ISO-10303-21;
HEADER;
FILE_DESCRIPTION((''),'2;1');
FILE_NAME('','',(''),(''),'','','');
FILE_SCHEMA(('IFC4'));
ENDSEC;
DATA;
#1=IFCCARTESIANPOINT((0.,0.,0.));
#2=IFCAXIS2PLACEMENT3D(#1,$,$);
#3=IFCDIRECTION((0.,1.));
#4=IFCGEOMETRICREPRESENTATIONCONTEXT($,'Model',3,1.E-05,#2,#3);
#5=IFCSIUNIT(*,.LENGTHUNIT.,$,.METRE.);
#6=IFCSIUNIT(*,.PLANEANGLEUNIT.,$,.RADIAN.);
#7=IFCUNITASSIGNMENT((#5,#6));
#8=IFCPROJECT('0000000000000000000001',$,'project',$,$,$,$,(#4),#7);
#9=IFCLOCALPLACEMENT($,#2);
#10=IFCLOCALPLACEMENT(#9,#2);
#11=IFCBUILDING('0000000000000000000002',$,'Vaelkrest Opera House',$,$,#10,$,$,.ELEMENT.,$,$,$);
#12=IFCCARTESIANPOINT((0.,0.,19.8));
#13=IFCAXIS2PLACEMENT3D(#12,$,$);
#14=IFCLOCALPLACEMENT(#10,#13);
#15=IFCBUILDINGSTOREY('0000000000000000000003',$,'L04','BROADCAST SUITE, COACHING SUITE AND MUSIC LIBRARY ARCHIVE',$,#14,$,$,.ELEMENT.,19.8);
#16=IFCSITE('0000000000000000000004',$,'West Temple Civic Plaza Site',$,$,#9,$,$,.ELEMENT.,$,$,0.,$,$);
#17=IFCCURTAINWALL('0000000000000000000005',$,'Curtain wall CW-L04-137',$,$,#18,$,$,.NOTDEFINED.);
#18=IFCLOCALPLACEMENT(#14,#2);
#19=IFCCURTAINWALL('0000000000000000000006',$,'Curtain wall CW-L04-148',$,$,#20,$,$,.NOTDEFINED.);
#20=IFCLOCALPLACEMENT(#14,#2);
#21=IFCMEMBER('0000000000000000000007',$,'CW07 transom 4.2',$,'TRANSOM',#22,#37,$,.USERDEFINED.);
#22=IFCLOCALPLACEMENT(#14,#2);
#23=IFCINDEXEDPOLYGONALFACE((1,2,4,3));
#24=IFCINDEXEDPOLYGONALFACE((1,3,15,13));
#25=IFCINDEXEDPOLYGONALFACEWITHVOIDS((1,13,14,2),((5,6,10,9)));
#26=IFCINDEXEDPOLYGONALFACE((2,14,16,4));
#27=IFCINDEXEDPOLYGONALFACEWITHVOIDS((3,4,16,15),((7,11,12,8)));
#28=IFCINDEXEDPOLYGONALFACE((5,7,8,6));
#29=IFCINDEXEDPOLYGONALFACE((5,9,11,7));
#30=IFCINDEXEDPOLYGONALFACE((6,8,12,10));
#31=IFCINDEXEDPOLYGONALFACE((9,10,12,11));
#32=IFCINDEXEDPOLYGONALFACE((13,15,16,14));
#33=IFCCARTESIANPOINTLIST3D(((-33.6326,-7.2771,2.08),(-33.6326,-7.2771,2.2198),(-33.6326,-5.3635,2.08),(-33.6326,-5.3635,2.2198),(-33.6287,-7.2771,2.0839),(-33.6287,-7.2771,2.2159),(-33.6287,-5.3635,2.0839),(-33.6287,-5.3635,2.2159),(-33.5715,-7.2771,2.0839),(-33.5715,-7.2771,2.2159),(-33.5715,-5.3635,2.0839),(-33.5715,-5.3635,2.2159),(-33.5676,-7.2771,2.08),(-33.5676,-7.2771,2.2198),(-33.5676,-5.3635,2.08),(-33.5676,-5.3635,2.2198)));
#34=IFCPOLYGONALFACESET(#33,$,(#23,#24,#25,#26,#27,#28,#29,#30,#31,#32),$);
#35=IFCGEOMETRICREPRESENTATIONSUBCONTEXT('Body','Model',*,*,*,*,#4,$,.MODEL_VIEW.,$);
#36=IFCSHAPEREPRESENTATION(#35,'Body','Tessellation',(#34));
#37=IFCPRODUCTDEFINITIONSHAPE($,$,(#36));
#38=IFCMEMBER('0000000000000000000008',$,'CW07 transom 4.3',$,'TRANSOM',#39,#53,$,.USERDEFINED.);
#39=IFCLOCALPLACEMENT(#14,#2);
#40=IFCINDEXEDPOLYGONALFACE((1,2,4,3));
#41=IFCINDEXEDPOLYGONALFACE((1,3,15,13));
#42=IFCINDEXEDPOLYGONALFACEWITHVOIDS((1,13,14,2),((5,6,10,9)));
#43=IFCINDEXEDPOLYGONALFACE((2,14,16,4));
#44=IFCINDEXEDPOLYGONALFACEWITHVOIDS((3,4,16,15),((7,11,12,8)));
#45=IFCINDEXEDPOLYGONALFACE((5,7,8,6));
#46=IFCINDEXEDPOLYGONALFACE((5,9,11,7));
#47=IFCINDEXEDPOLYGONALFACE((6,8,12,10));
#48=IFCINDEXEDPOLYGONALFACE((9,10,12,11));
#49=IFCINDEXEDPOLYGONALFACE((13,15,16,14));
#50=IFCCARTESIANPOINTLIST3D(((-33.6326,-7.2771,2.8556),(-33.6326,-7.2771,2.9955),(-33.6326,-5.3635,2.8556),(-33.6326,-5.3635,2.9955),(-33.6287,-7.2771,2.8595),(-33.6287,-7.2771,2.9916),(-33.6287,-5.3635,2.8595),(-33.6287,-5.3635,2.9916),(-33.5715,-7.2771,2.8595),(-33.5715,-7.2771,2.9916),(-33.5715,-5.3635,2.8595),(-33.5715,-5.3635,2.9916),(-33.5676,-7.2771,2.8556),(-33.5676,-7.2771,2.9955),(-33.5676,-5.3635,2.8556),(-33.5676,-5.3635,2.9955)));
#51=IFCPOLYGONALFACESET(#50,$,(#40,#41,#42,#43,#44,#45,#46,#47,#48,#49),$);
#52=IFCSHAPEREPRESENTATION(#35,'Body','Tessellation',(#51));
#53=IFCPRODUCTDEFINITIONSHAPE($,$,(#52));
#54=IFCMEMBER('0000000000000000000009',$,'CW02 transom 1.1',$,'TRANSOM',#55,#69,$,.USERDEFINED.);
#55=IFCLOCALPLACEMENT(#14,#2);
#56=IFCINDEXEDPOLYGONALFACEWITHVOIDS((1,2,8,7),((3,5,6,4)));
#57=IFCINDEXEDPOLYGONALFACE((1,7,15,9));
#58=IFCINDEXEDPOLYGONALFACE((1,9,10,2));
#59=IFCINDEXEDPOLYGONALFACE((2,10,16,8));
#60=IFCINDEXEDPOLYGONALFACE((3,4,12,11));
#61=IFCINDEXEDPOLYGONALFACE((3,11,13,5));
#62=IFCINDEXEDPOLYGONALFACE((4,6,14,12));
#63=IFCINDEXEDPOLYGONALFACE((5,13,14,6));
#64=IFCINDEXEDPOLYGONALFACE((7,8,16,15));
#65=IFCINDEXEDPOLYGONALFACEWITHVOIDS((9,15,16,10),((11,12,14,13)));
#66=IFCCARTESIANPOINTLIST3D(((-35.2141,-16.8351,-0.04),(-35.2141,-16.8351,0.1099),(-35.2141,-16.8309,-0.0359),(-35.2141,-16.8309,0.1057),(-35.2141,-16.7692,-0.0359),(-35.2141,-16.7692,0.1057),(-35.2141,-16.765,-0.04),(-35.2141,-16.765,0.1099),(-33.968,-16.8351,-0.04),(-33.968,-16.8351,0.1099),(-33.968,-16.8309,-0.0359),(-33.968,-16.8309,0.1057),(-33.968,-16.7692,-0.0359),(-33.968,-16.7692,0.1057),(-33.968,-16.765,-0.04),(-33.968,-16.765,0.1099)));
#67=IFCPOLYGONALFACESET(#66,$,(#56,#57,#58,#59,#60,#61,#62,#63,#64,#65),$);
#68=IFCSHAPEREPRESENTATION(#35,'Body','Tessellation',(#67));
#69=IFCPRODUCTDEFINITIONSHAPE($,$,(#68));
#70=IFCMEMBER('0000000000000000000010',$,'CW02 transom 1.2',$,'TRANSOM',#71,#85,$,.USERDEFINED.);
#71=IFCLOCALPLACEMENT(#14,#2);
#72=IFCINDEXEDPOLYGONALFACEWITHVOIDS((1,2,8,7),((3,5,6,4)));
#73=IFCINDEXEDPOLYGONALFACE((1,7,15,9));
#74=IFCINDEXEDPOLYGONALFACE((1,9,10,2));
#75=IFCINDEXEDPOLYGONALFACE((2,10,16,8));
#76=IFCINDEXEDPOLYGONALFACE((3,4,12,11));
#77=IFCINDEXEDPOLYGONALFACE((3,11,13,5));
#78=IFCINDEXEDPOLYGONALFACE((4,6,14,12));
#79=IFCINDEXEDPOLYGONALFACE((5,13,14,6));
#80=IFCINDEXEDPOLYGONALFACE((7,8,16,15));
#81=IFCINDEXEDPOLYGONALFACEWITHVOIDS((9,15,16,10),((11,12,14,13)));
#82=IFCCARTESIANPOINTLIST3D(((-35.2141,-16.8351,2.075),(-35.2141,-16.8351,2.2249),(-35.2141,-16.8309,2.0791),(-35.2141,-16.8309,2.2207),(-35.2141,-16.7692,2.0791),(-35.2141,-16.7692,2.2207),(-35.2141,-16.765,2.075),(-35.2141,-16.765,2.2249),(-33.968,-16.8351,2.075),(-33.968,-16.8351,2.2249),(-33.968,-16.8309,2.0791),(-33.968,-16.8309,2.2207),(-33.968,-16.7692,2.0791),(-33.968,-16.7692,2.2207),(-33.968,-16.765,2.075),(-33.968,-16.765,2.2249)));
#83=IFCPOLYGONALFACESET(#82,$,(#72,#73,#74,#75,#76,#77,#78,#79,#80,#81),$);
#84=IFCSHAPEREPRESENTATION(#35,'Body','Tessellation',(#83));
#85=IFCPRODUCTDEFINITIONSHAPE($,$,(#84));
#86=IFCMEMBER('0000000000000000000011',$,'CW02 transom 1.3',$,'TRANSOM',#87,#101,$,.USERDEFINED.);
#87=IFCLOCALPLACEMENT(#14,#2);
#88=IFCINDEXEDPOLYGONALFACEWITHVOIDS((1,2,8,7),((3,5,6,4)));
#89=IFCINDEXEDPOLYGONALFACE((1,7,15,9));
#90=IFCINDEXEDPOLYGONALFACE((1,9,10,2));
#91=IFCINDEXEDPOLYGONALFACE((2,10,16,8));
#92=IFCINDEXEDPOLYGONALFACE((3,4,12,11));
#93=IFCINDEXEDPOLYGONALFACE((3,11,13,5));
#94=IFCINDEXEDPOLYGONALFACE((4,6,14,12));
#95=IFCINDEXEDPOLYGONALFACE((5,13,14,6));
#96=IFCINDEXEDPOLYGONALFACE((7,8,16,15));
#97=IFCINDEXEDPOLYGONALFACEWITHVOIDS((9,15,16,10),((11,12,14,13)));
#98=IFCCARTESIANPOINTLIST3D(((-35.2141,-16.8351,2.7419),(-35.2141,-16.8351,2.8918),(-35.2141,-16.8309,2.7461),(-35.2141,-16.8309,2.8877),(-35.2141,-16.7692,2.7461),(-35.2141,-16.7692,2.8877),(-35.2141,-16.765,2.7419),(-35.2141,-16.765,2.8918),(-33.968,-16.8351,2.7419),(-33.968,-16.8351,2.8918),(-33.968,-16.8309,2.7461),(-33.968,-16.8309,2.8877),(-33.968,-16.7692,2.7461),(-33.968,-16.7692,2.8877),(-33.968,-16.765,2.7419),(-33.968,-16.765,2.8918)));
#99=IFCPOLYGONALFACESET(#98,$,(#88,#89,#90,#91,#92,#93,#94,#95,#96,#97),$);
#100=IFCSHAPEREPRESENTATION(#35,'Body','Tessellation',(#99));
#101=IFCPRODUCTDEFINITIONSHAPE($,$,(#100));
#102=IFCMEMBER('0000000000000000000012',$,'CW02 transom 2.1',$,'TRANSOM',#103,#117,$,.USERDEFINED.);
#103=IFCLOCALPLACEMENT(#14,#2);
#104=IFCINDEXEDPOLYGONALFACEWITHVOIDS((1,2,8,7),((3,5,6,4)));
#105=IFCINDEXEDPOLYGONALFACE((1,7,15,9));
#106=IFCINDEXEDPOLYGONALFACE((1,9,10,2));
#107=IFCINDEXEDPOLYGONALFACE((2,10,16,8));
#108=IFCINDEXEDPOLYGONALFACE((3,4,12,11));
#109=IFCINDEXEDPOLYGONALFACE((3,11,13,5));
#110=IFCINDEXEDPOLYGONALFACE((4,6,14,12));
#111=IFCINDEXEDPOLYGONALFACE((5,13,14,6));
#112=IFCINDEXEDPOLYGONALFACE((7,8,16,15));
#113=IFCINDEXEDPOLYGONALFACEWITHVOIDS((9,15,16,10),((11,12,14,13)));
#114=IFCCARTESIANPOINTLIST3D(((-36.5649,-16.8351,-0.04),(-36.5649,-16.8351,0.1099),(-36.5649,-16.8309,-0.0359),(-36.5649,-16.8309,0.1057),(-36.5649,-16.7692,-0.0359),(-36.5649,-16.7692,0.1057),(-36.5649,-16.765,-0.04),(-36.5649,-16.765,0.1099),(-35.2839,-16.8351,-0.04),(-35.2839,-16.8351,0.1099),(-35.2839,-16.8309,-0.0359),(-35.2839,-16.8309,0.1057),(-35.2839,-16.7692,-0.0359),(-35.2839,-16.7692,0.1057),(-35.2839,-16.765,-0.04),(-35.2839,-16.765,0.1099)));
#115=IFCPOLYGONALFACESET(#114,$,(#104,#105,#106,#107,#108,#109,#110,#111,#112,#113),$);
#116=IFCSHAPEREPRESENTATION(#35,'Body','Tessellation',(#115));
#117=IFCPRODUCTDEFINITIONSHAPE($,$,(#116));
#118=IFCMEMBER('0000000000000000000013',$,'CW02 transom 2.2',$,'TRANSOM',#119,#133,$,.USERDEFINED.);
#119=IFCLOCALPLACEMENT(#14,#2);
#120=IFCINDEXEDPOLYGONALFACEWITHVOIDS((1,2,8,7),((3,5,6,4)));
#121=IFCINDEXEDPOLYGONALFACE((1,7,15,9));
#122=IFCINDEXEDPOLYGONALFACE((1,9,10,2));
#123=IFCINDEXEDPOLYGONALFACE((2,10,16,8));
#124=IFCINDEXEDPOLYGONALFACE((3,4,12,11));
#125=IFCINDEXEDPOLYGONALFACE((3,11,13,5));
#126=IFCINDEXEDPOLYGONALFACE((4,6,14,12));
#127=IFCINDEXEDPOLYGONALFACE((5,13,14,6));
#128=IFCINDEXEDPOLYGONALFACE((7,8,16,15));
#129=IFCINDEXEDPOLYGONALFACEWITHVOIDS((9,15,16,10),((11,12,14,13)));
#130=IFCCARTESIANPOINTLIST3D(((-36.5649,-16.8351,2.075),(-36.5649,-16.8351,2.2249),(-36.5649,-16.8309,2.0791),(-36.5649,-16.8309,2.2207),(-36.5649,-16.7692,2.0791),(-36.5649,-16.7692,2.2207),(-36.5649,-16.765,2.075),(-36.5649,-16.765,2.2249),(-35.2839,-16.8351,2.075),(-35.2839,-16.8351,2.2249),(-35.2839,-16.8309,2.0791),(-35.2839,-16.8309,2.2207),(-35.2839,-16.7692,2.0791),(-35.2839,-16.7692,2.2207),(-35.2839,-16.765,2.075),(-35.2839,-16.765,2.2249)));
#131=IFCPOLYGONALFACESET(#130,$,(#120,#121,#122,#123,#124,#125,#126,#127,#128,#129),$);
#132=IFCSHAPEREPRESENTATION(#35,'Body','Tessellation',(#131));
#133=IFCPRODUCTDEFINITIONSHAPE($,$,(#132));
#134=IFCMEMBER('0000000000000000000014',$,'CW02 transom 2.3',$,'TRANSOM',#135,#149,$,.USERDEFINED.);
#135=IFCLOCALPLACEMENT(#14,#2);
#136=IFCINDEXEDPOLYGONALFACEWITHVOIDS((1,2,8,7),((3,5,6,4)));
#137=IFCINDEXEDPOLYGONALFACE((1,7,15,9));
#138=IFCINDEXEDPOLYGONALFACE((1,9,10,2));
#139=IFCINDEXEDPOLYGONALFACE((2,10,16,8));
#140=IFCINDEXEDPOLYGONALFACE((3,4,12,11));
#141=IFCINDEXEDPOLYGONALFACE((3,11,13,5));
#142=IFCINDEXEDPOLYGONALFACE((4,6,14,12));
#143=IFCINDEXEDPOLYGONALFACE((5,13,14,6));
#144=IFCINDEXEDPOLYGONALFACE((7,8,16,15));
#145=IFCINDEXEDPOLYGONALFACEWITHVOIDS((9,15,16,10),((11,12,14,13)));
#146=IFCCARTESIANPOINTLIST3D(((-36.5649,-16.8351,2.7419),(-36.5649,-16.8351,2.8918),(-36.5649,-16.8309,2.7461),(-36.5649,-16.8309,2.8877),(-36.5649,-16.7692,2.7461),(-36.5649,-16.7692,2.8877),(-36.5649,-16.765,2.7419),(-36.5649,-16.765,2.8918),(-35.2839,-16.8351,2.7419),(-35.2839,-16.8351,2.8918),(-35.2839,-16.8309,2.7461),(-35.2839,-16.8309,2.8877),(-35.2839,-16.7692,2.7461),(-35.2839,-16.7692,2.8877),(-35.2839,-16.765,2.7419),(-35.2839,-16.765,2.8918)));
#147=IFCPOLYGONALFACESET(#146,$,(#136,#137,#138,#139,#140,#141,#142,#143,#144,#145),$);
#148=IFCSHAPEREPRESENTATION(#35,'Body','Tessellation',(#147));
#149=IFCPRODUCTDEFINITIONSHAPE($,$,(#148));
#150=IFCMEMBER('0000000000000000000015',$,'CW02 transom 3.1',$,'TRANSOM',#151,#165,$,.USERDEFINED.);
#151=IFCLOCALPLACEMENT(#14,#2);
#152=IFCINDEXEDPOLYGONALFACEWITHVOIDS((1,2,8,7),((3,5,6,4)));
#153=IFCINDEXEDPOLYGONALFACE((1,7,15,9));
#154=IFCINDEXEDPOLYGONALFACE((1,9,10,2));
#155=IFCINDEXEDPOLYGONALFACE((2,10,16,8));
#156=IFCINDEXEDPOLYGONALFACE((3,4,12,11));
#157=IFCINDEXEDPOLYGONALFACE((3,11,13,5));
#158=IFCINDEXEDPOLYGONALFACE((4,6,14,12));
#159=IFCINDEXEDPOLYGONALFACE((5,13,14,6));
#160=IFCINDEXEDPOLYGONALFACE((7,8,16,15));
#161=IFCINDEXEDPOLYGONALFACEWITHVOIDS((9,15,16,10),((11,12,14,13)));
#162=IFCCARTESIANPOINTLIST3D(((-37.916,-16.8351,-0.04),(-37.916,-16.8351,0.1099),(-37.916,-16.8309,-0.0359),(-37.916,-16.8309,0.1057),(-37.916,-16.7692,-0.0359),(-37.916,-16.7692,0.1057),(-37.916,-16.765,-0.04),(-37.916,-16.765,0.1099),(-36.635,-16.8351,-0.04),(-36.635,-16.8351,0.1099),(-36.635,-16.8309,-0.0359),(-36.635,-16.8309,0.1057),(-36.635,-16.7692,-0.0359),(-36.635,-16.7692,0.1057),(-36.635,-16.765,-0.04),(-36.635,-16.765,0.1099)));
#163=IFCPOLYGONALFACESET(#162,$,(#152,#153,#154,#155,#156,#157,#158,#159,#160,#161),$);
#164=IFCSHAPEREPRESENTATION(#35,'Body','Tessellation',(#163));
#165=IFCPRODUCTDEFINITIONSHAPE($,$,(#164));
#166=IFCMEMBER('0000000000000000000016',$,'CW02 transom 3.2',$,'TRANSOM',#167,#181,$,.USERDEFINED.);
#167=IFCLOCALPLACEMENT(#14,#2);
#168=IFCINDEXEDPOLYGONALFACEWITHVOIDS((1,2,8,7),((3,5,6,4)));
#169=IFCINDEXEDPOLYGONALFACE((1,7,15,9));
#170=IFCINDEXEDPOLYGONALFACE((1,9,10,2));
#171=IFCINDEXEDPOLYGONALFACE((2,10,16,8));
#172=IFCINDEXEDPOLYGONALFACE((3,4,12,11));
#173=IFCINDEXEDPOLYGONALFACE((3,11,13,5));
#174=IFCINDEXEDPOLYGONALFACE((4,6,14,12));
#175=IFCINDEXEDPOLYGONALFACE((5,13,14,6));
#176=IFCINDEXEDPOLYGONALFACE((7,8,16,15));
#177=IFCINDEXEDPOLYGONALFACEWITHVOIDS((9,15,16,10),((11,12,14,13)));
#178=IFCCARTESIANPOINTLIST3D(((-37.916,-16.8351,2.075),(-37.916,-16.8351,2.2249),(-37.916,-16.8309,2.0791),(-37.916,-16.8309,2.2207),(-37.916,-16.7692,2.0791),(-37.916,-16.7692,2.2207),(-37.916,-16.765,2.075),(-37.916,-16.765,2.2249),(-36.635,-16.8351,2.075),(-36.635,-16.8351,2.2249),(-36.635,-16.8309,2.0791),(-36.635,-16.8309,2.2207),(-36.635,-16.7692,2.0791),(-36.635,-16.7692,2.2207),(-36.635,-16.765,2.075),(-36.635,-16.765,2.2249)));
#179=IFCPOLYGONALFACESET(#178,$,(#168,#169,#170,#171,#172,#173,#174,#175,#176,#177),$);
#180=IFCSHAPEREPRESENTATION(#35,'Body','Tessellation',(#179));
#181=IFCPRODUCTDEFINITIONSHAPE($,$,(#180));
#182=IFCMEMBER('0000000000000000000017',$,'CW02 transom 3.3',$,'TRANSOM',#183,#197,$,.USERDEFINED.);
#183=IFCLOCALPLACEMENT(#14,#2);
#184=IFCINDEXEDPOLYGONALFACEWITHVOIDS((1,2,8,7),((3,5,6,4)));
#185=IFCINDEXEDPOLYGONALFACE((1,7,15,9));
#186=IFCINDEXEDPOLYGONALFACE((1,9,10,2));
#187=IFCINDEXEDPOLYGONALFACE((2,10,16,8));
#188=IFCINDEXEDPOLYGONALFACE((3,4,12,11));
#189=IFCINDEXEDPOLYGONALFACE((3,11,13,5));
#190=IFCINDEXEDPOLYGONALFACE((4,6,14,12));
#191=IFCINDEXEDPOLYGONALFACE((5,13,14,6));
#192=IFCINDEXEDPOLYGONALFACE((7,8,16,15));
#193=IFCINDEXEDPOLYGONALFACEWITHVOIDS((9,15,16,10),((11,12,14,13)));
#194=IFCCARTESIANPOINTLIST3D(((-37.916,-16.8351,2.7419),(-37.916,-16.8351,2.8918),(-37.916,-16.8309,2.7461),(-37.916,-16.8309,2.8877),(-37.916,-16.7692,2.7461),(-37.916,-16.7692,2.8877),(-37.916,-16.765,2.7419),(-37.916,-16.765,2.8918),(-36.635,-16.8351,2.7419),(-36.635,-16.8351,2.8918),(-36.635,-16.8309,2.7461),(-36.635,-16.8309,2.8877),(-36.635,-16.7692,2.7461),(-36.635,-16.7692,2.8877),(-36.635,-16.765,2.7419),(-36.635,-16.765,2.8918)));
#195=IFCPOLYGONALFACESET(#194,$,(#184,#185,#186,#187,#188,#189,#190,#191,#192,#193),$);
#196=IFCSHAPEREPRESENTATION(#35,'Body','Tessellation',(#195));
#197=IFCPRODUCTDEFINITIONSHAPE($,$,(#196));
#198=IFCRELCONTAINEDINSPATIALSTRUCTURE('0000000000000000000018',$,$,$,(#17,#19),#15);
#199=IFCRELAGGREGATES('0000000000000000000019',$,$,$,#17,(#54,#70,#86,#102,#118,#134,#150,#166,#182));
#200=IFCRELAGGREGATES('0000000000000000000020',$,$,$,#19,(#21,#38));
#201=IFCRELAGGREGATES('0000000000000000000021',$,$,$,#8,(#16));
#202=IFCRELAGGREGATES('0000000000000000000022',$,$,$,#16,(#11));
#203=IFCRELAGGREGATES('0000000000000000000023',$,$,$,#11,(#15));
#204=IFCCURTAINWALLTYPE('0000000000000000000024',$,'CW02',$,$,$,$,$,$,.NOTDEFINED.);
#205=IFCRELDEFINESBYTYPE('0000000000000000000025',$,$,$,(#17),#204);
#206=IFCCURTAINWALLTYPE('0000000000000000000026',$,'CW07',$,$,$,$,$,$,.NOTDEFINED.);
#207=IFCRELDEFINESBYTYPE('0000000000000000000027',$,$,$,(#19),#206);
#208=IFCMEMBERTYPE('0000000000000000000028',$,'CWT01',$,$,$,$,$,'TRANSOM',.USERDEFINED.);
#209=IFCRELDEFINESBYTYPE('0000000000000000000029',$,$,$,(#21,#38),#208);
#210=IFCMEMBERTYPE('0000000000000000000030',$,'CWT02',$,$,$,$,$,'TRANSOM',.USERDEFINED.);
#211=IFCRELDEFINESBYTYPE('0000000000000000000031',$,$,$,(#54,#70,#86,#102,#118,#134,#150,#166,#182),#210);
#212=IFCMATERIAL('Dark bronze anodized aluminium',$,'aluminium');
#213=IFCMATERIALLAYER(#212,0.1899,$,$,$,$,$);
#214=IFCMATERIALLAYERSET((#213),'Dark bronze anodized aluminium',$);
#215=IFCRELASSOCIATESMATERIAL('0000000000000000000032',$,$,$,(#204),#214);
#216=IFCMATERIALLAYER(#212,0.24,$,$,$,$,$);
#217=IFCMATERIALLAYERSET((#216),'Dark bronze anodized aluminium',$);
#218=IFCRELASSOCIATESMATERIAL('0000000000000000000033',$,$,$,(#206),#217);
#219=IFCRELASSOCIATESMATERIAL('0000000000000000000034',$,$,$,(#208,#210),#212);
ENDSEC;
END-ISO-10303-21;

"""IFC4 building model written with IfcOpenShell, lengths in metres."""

from ifc_helpers import new_model, si_unit, direction, frame, origin, origin_2d, place, context, subcontext, project, spatial, hollow_rectangle, extrude, material, layer, layer_set, material_profile, profile_set, type_object, element, aggregate, save


model = new_model("IFC4")

# Units and contexts
model_context = context("Model", 3, precision=1e-05, world=origin(), true_north=direction((0.0, 1.0)))
body_context = subcontext(model_context, "Body", "Model", "MODEL_VIEW")
ifc_project = project(units=[si_unit("LENGTHUNIT", "METRE"), si_unit("PLANEANGLEUNIT", "RADIAN")], contexts=[model_context])

# Site, building, storey
site_placement = place(None, origin())
site = spatial("IfcSite", under=ifc_project, at=site_placement, Name="West Temple Civic Plaza Site", CompositionType="ELEMENT", RefElevation=0.0)
building_placement = place(site_placement, origin())
building = spatial("IfcBuilding", under=site, at=building_placement, Name="Vaelkrest Opera House", CompositionType="ELEMENT")
storey_placement = place(building_placement, frame((0.0, 0.0, 19.8)))
storey = spatial("IfcBuildingStorey", under=building, at=storey_placement, Name="L04", Description="BROADCAST SUITE, COACHING SUITE AND MUSIC LIBRARY ARCHIVE", CompositionType="ELEMENT", Elevation=19.8)

# Curtain walls, members
ifc_material_1 = material(Name="Dark bronze anodized aluminium", Category="aluminium")
ifc_layer_1 = layer(ifc_material_1, 0.1899)
ifc_layer_set_1 = layer_set([ifc_layer_1], Name="Dark bronze anodized aluminium")
curtain_wall_type_1 = type_object("IfcCurtainWallType", Name="CW02", PredefinedType="NOTDEFINED", material=ifc_layer_set_1)
curtain_wall_1_placement = place(storey_placement, origin())
curtain_wall_1 = element("IfcCurtainWall", 1, at=curtain_wall_1_placement, inside=storey, type_object=curtain_wall_type_1, Name="Curtain wall CW-L04-137", PredefinedType="NOTDEFINED")
ifc_layer_2 = layer(ifc_material_1, 0.24)
ifc_layer_set_2 = layer_set([ifc_layer_2], Name="Dark bronze anodized aluminium")
curtain_wall_type_2 = type_object("IfcCurtainWallType", Name="CW07", PredefinedType="NOTDEFINED", material=ifc_layer_set_2)
curtain_wall_2_placement = place(storey_placement, origin())
curtain_wall_2 = element("IfcCurtainWall", 2, at=curtain_wall_2_placement, inside=storey, type_object=curtain_wall_type_2, Name="Curtain wall CW-L04-148", PredefinedType="NOTDEFINED")
ifc_material_profile_1 = material_profile(ifc_material_1, hollow_rectangle(XDim=0.0649, YDim=0.1399, WallThickness=0.0039, at=origin_2d()), Name="CWT65X140")
ifc_profile_set_1 = profile_set([ifc_material_profile_1], Name="Dark bronze anodized aluminium")
member_type_1 = type_object("IfcMemberType", Name="CWT01", ElementType="TRANSOM", PredefinedType="USERDEFINED", material=ifc_profile_set_1)
member_1_placement = place(storey_placement, frame((-33.6001, -5.3635, 2.1499), z_axis=(0.0, -1.0, 0.0), x_axis=(1.0, 0.0, 0.0)))
member_1 = element("IfcMember", 3, at=member_1_placement, type_object=member_type_1, Name="CW07 transom 4.2", ObjectType="TRANSOM", PredefinedType="USERDEFINED", context=body_context, shape_type="SweptSolid", body=[
    extrude(hollow_rectangle(XDim=0.0649, YDim=0.1399, WallThickness=0.0039, at=origin_2d()), origin(), (0.0, 0.0, 1.0), 1.9136),
])
member_2_placement = place(storey_placement, frame((-33.6001, -5.3635, 2.9255), z_axis=(0.0, -1.0, 0.0), x_axis=(1.0, 0.0, 0.0)))
member_2 = element("IfcMember", 4, at=member_2_placement, type_object=member_type_1, Name="CW07 transom 4.3", ObjectType="TRANSOM", PredefinedType="USERDEFINED", context=body_context, shape_type="SweptSolid", body=[
    extrude(hollow_rectangle(XDim=0.0649, YDim=0.1399, WallThickness=0.0039, at=origin_2d()), origin(), (0.0, 0.0, 1.0), 1.9136),
])

# Members
ifc_material_profile_2 = material_profile(ifc_material_1, hollow_rectangle(XDim=0.0701, YDim=0.1499, WallThickness=0.0042, at=origin_2d()), Name="CWT70X150")
ifc_profile_set_2 = profile_set([ifc_material_profile_2], Name="Dark bronze anodized aluminium")
member_type_2 = type_object("IfcMemberType", Name="CWT02", ElementType="TRANSOM", PredefinedType="USERDEFINED", material=ifc_profile_set_2)
member_3_placement = place(storey_placement, frame((-33.968, -16.8, 0.0349), z_axis=(-1.0, 0.0, 0.0), x_axis=(0.0, -1.0, 0.0)))
member_3 = element("IfcMember", 5, at=member_3_placement, type_object=member_type_2, Name="CW02 transom 1.1", ObjectType="TRANSOM", PredefinedType="USERDEFINED", context=body_context, shape_type="SweptSolid", body=[
    extrude(hollow_rectangle(XDim=0.0701, YDim=0.1499, WallThickness=0.0042, at=origin_2d()), origin(), (0.0, 0.0, 1.0), 1.2461),
])
member_4_placement = place(storey_placement, frame((-33.968, -16.8, 2.1499), z_axis=(-1.0, 0.0, 0.0), x_axis=(0.0, -1.0, 0.0)))
member_4 = element("IfcMember", 6, at=member_4_placement, type_object=member_type_2, Name="CW02 transom 1.2", ObjectType="TRANSOM", PredefinedType="USERDEFINED", context=body_context, shape_type="SweptSolid", body=[
    extrude(hollow_rectangle(XDim=0.0701, YDim=0.1499, WallThickness=0.0042, at=origin_2d()), origin(), (0.0, 0.0, 1.0), 1.2461),
])
member_5_placement = place(storey_placement, frame((-33.968, -16.8, 2.8169), z_axis=(-1.0, 0.0, 0.0), x_axis=(0.0, -1.0, 0.0)))
member_5 = element("IfcMember", 7, at=member_5_placement, type_object=member_type_2, Name="CW02 transom 1.3", ObjectType="TRANSOM", PredefinedType="USERDEFINED", context=body_context, shape_type="SweptSolid", body=[
    extrude(hollow_rectangle(XDim=0.0701, YDim=0.1499, WallThickness=0.0042, at=origin_2d()), origin(), (0.0, 0.0, 1.0), 1.2461),
])
member_6_placement = place(storey_placement, frame((-35.2839, -16.8, 0.0349), z_axis=(-1.0, 0.0, 0.0), x_axis=(0.0, -1.0, 0.0)))
member_6 = element("IfcMember", 8, at=member_6_placement, type_object=member_type_2, Name="CW02 transom 2.1", ObjectType="TRANSOM", PredefinedType="USERDEFINED", context=body_context, shape_type="SweptSolid", body=[
    extrude(hollow_rectangle(XDim=0.0701, YDim=0.1499, WallThickness=0.0042, at=origin_2d()), origin(), (0.0, 0.0, 1.0), 1.281),
])
member_7_placement = place(storey_placement, frame((-35.2839, -16.8, 2.1499), z_axis=(-1.0, 0.0, 0.0), x_axis=(0.0, -1.0, 0.0)))
member_7 = element("IfcMember", 9, at=member_7_placement, type_object=member_type_2, Name="CW02 transom 2.2", ObjectType="TRANSOM", PredefinedType="USERDEFINED", context=body_context, shape_type="SweptSolid", body=[
    extrude(hollow_rectangle(XDim=0.0701, YDim=0.1499, WallThickness=0.0042, at=origin_2d()), origin(), (0.0, 0.0, 1.0), 1.281),
])
member_8_placement = place(storey_placement, frame((-35.2839, -16.8, 2.8169), z_axis=(-1.0, 0.0, 0.0), x_axis=(0.0, -1.0, 0.0)))
member_8 = element("IfcMember", 10, at=member_8_placement, type_object=member_type_2, Name="CW02 transom 2.3", ObjectType="TRANSOM", PredefinedType="USERDEFINED", context=body_context, shape_type="SweptSolid", body=[
    extrude(hollow_rectangle(XDim=0.0701, YDim=0.1499, WallThickness=0.0042, at=origin_2d()), origin(), (0.0, 0.0, 1.0), 1.281),
])
member_9_placement = place(storey_placement, frame((-36.635, -16.8, 0.0349), z_axis=(-1.0, 0.0, 0.0), x_axis=(0.0, -1.0, 0.0)))
member_9 = element("IfcMember", 11, at=member_9_placement, type_object=member_type_2, Name="CW02 transom 3.1", ObjectType="TRANSOM", PredefinedType="USERDEFINED", context=body_context, shape_type="SweptSolid", body=[
    extrude(hollow_rectangle(XDim=0.0701, YDim=0.1499, WallThickness=0.0042, at=origin_2d()), origin(), (0.0, 0.0, 1.0), 1.281),
])
member_10_placement = place(storey_placement, frame((-36.635, -16.8, 2.1499), z_axis=(-1.0, 0.0, 0.0), x_axis=(0.0, -1.0, 0.0)))
member_10 = element("IfcMember", 12, at=member_10_placement, type_object=member_type_2, Name="CW02 transom 3.2", ObjectType="TRANSOM", PredefinedType="USERDEFINED", context=body_context, shape_type="SweptSolid", body=[
    extrude(hollow_rectangle(XDim=0.0701, YDim=0.1499, WallThickness=0.0042, at=origin_2d()), origin(), (0.0, 0.0, 1.0), 1.281),
])
member_11_placement = place(storey_placement, frame((-36.635, -16.8, 2.8169), z_axis=(-1.0, 0.0, 0.0), x_axis=(0.0, -1.0, 0.0)))
member_11 = element("IfcMember", 13, at=member_11_placement, type_object=member_type_2, Name="CW02 transom 3.3", ObjectType="TRANSOM", PredefinedType="USERDEFINED", context=body_context, shape_type="SweptSolid", body=[
    extrude(hollow_rectangle(XDim=0.0701, YDim=0.1499, WallThickness=0.0042, at=origin_2d()), origin(), (0.0, 0.0, 1.0), 1.281),
])

aggregate(curtain_wall_1, [member_3, member_4, member_5, member_6, member_7, member_8, member_9, member_10, member_11])
aggregate(curtain_wall_2, [member_1, member_2])

save(model, "model.ifc")
